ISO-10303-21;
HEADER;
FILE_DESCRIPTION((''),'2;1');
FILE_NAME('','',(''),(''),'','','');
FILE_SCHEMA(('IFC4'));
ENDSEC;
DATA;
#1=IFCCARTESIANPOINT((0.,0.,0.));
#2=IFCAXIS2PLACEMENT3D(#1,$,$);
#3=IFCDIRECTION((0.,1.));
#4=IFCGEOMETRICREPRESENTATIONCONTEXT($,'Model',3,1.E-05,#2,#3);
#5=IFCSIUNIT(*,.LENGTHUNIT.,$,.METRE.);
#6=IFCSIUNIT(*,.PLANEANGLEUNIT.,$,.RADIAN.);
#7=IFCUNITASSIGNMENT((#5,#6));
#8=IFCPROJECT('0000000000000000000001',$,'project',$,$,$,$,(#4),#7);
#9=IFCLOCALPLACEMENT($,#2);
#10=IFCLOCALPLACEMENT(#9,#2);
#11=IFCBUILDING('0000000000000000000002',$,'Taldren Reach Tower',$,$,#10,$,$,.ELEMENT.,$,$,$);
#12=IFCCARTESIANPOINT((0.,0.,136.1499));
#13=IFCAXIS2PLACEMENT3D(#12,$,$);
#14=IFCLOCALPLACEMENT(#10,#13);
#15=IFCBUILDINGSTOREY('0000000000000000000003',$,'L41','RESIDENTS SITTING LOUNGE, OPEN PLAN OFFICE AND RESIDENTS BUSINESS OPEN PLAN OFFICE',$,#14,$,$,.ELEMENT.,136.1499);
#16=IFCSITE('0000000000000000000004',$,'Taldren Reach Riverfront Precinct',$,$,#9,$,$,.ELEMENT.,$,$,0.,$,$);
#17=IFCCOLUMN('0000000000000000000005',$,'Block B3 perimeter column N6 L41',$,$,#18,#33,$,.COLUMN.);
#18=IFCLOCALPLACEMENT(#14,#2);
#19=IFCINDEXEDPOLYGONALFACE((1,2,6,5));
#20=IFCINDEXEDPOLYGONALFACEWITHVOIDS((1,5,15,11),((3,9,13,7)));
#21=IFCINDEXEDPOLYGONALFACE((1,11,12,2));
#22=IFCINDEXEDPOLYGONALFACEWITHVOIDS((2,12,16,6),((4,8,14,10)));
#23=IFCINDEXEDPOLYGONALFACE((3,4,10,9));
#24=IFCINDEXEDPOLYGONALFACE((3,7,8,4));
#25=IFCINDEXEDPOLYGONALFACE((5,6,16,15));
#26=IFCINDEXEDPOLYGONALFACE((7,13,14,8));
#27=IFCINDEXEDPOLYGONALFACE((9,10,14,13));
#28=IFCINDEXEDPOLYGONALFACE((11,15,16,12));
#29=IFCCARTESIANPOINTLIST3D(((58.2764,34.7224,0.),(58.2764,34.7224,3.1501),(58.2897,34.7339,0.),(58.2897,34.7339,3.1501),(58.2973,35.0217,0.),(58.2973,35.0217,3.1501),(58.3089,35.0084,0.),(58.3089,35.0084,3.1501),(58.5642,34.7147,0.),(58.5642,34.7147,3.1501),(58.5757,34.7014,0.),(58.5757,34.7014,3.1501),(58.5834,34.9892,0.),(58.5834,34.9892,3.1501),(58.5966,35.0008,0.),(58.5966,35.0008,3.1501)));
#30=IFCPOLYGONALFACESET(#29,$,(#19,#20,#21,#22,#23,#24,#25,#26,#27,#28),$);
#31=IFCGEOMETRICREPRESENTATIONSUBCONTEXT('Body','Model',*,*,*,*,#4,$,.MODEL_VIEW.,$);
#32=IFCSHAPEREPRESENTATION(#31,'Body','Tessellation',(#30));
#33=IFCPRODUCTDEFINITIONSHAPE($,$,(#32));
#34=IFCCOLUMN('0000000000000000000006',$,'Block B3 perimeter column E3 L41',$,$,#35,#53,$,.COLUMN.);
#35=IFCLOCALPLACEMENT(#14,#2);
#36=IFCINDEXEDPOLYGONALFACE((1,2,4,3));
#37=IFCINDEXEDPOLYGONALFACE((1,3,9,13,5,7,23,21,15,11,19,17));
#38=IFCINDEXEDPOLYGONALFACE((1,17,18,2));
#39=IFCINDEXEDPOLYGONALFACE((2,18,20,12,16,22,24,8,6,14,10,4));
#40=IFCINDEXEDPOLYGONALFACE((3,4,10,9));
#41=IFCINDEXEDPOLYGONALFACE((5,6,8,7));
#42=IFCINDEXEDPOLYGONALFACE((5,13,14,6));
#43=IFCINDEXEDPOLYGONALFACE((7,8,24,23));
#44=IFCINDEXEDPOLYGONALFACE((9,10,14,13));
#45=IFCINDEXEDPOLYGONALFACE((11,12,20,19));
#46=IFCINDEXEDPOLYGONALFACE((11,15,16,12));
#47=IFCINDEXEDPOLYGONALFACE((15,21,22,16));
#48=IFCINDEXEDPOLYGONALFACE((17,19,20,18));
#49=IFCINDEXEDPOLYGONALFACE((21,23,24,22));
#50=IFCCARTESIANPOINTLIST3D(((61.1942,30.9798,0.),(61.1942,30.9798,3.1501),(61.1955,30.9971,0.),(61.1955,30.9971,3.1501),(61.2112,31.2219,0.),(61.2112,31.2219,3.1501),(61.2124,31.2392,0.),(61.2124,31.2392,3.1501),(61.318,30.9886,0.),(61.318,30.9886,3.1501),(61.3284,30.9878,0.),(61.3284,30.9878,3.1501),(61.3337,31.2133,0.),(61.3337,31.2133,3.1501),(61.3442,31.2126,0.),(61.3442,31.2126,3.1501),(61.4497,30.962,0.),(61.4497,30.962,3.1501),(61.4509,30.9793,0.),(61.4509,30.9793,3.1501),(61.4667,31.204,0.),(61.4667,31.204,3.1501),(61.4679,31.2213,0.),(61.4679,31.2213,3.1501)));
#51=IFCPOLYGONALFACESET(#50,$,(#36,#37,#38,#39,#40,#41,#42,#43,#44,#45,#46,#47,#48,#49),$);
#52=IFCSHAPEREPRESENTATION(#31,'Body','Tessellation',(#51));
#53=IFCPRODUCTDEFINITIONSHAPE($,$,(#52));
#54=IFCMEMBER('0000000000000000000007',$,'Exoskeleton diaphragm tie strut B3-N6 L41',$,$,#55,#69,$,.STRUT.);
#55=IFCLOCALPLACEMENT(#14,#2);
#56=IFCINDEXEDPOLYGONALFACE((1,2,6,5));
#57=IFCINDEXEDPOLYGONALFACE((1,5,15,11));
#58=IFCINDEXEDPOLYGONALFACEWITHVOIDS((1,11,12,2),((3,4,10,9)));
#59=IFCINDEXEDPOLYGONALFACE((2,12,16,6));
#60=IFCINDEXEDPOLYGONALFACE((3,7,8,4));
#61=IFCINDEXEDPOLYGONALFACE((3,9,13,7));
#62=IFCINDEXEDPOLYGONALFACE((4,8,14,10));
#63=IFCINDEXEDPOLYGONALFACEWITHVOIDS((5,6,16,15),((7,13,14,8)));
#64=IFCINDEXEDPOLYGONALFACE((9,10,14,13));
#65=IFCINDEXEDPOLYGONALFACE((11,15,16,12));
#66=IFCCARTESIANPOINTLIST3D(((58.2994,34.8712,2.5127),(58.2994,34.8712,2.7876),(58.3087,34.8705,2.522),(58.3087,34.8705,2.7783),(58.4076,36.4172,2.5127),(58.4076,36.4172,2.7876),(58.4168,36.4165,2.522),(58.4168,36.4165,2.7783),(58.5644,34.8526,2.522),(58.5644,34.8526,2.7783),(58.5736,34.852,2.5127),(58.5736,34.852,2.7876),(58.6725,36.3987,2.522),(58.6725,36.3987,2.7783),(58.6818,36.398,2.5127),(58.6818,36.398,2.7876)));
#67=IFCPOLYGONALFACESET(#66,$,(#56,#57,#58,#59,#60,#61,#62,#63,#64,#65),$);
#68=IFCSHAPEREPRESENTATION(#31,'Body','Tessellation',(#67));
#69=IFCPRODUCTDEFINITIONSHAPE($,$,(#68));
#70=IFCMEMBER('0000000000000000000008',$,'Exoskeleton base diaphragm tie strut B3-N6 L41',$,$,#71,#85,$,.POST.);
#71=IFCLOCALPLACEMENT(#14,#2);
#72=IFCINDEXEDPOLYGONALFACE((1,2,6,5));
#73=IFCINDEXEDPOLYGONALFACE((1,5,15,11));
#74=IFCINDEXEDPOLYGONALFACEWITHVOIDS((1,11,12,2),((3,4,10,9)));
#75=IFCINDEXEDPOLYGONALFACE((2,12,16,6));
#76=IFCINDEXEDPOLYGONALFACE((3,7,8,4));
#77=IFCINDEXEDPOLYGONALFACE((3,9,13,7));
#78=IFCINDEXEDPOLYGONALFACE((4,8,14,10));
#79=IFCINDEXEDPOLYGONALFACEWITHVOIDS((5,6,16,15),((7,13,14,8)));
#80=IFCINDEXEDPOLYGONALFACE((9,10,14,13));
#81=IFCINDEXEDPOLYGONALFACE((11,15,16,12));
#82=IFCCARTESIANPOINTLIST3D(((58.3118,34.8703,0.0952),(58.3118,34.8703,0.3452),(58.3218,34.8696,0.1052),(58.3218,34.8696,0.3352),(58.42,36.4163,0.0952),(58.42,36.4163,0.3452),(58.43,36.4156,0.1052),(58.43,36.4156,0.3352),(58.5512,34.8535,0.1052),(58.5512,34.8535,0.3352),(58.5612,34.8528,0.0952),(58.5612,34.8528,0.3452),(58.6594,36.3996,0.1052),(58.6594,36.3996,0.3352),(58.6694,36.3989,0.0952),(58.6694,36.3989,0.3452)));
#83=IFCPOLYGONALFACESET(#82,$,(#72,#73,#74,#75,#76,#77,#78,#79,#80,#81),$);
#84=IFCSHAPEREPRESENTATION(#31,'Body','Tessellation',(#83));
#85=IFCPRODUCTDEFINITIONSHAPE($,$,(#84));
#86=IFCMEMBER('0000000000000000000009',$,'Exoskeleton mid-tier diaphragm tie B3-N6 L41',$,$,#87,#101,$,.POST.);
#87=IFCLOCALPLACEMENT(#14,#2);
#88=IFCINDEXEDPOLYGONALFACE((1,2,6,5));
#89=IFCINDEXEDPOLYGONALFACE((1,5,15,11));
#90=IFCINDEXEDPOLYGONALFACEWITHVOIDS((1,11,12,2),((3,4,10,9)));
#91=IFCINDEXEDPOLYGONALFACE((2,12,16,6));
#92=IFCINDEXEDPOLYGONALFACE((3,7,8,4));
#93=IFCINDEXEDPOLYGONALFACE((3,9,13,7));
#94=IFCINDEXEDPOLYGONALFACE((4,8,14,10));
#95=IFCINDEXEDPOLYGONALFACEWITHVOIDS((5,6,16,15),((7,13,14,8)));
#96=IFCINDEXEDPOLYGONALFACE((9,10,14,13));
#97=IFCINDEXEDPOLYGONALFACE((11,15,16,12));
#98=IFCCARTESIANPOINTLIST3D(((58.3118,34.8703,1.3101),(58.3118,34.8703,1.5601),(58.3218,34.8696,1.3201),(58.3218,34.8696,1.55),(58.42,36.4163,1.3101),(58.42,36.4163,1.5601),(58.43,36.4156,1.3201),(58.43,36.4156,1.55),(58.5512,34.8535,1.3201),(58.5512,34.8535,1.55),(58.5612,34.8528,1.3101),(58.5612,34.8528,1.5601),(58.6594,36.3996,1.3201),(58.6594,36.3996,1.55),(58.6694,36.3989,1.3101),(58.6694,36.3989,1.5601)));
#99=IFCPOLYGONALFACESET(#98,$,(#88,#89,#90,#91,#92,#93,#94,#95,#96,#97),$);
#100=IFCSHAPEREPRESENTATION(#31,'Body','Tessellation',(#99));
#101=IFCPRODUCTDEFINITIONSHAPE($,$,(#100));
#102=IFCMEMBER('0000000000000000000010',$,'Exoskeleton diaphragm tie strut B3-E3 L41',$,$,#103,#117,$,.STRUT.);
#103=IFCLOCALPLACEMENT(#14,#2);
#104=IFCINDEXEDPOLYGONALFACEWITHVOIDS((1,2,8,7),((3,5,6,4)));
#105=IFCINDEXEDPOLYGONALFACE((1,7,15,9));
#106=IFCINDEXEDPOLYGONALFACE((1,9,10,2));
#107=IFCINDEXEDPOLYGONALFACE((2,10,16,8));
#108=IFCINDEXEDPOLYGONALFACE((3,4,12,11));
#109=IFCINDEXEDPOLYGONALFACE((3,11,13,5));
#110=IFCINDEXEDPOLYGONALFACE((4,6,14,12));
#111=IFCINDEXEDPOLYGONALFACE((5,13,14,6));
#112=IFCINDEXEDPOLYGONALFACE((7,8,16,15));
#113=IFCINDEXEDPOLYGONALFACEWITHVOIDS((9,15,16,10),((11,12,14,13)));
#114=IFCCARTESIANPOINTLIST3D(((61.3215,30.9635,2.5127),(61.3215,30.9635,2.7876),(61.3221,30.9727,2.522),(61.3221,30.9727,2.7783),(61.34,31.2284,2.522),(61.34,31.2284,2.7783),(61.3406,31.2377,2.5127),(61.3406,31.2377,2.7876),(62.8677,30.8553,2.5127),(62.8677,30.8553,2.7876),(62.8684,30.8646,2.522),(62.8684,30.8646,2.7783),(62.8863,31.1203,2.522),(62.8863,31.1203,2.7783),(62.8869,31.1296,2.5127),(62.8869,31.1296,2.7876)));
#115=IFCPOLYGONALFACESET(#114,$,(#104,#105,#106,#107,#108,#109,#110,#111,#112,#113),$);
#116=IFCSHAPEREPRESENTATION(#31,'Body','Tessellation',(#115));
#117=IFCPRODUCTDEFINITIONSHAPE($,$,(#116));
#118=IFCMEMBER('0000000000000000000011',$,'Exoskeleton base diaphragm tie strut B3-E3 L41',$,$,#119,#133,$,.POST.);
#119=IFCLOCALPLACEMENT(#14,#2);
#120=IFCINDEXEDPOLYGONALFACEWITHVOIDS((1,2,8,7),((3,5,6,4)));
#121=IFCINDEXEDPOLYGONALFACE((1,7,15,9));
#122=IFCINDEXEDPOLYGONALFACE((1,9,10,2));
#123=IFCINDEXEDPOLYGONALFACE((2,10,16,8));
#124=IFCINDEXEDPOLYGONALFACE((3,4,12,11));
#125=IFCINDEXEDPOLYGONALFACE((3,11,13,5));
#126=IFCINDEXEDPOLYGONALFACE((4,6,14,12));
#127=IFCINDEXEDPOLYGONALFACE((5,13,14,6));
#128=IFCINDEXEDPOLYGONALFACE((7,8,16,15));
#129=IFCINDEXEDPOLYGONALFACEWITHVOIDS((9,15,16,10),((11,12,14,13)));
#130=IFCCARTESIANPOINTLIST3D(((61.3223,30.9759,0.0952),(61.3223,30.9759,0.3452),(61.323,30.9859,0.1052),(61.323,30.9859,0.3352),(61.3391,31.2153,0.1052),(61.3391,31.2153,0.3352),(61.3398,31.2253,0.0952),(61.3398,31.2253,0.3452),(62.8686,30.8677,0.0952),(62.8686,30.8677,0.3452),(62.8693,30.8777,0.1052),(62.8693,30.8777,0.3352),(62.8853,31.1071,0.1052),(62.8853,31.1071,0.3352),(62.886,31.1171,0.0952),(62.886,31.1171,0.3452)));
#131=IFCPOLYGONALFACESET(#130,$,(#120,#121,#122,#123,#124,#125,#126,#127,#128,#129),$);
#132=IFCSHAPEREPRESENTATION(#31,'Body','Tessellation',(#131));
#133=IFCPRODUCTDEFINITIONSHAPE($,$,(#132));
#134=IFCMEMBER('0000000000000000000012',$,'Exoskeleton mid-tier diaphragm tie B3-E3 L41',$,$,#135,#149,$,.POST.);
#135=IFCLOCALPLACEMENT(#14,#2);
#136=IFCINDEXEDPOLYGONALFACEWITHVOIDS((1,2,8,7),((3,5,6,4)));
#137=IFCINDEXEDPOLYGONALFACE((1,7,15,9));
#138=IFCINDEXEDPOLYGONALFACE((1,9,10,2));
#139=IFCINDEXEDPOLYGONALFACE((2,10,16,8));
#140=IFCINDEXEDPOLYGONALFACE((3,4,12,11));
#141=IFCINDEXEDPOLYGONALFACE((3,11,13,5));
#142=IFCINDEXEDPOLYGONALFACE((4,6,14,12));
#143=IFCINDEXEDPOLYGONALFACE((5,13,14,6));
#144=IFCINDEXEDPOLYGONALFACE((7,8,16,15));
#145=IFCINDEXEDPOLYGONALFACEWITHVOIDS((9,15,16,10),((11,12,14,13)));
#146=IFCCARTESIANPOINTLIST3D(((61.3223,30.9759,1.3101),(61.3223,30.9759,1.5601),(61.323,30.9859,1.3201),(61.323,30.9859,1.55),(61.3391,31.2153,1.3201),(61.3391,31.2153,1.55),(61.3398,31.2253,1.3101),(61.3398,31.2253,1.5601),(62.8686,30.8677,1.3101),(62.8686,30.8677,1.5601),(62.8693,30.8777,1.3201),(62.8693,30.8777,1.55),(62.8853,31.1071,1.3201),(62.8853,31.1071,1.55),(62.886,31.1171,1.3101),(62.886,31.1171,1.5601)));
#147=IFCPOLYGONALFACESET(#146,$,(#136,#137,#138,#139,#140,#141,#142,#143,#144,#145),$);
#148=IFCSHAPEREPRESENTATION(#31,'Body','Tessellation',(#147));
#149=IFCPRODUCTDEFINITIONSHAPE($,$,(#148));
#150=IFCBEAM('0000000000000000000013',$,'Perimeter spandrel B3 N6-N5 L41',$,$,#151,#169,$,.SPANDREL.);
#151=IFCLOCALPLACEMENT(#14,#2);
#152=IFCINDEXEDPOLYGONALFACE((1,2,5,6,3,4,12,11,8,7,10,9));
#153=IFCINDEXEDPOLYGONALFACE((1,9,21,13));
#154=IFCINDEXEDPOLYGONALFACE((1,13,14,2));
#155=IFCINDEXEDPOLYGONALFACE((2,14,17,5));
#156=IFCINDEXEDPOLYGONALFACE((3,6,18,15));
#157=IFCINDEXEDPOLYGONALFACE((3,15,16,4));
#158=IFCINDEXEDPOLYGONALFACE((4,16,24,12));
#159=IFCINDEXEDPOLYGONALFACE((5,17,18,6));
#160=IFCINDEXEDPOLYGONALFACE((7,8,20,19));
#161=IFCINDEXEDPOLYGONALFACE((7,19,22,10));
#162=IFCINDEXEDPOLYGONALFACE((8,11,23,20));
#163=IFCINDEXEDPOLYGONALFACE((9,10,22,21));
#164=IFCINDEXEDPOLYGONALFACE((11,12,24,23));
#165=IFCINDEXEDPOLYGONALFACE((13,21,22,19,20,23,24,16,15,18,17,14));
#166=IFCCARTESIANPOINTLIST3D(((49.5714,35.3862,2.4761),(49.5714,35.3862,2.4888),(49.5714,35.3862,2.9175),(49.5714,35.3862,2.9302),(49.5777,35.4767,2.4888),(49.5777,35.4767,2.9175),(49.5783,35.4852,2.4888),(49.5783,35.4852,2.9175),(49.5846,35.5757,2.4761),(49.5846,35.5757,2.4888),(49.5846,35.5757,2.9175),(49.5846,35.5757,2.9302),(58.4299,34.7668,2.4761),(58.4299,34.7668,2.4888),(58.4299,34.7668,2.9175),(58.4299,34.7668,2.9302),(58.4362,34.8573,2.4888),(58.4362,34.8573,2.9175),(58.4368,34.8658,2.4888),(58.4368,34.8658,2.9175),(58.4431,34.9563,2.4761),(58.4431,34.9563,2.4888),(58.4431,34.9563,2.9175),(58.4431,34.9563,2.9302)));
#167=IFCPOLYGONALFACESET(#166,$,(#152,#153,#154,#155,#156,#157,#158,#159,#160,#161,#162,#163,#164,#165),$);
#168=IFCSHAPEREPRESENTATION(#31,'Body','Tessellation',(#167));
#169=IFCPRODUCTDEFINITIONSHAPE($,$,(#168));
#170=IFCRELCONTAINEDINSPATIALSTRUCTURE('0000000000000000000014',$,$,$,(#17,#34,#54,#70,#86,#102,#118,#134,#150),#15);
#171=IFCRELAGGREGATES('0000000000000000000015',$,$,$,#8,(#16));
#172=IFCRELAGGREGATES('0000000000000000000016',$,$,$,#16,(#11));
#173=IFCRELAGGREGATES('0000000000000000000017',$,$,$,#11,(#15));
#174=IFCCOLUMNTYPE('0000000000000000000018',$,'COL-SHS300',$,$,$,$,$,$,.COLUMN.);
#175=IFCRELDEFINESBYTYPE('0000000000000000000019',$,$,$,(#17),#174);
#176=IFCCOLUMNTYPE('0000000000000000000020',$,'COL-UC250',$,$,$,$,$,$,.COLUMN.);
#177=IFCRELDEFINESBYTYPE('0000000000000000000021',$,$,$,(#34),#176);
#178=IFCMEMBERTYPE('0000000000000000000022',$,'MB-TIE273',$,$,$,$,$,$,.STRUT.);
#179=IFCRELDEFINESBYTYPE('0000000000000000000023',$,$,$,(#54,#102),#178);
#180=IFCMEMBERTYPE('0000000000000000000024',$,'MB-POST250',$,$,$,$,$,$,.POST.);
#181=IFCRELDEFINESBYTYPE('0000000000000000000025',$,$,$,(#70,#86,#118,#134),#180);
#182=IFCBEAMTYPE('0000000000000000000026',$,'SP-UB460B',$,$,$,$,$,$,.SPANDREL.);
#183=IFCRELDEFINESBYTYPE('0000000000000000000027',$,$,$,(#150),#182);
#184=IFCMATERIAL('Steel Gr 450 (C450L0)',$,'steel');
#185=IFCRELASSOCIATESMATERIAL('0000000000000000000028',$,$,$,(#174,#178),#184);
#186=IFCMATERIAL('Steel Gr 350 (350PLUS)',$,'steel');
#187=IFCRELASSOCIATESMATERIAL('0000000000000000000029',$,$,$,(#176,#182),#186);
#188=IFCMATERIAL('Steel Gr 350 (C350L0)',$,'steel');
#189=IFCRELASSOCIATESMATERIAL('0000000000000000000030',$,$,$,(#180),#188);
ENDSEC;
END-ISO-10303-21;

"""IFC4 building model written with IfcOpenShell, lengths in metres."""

from ifc_helpers import new_model, si_unit, direction, frame, origin, origin_2d, place, context, subcontext, project, spatial, hollow_rectangle, i_section, extrude, source, transform, mapped, material, material_profile, profile_set, type_object, element, save


model = new_model("IFC4")

# Units and contexts
model_context = context("Model", 3, precision=1e-05, world=origin(), true_north=direction((0.0, 1.0)))
body_context = subcontext(model_context, "Body", "Model", "MODEL_VIEW")
ifc_project = project(units=[si_unit("LENGTHUNIT", "METRE"), si_unit("PLANEANGLEUNIT", "RADIAN")], contexts=[model_context])

# Site, building, storey
site_placement = place(None, origin())
site = spatial("IfcSite", under=ifc_project, at=site_placement, Name="Taldren Reach Riverfront Precinct", CompositionType="ELEMENT", RefElevation=0.0)
building_placement = place(site_placement, origin())
building = spatial("IfcBuilding", under=site, at=building_placement, Name="Taldren Reach Tower", CompositionType="ELEMENT")
storey_placement = place(building_placement, frame((0.0, 0.0, 136.1499)))
storey = spatial("IfcBuildingStorey", under=building, at=storey_placement, Name="L41", Description="RESIDENTS SITTING LOUNGE, OPEN PLAN OFFICE AND RESIDENTS BUSINESS OPEN PLAN OFFICE", CompositionType="ELEMENT", Elevation=136.1499)

# Columns
ifc_material_1 = material(Name="Steel Gr 450 (C450L0)", Category="steel")
ifc_material_profile_1 = material_profile(ifc_material_1, hollow_rectangle(XDim=0.3, YDim=0.3, WallThickness=0.0125, at=origin_2d()), Name="300x300x12.5SHS")
ifc_profile_set_1 = profile_set([ifc_material_profile_1], Name="Steel Gr 450 (C450L0)")
column_type_1 = type_object("IfcColumnType", Name="COL-SHS300", PredefinedType="COLUMN", material=ifc_profile_set_1)
shared_shape_1 = source(origin(), body_context, "Body", "SweptSolid", [
    extrude(hollow_rectangle(XDim=0.3, YDim=0.3, WallThickness=0.0125, at=origin_2d()), origin(), (0.0, 0.0, 1.0), 3.1501),
])
column_1_placement = place(storey_placement, frame((58.4365, 34.8616, 0.0), z_axis=(0.0, 0.0, 1.0), x_axis=(0.997564, -0.069756, 0.0)))
element("IfcColumn", 1, at=column_1_placement, inside=storey, type_object=column_type_1, Name="Block B3 perimeter column N6 L41", PredefinedType="COLUMN", context=body_context, shape_type="MappedRepresentation", body=[
    mapped(shared_shape_1, transform((0.0, 0.0, 0.0), scale=1.0)),
])
ifc_material_2 = material(Name="Steel Gr 350 (350PLUS)", Category="steel")
ifc_material_profile_2 = material_profile(ifc_material_2, i_section(OverallWidth=0.2561, OverallDepth=0.26, WebThickness=0.0105, FlangeThickness=0.0173, at=origin_2d()), Name="250UC89.5")
ifc_profile_set_2 = profile_set([ifc_material_profile_2], Name="Steel Gr 350 (350PLUS)")
column_type_2 = type_object("IfcColumnType", Name="COL-UC250", PredefinedType="COLUMN", material=ifc_profile_set_2)
shared_shape_2 = source(origin(), body_context, "Body", "SweptSolid", [
    extrude(i_section(OverallWidth=0.2561, OverallDepth=0.26, WebThickness=0.0105, FlangeThickness=0.0173, at=origin_2d()), origin(), (0.0, 0.0, 1.0), 3.1501),
])
column_2_placement = place(storey_placement, frame((61.3311, 31.1006, 0.0), z_axis=(0.0, 0.0, 1.0), x_axis=(0.997564, -0.069756, 0.0)))
element("IfcColumn", 2, at=column_2_placement, inside=storey, type_object=column_type_2, Name="Block B3 perimeter column E3 L41", PredefinedType="COLUMN", context=body_context, shape_type="MappedRepresentation", body=[
    mapped(shared_shape_2, transform((0.0, 0.0, 0.0), scale=1.0)),
])

# Members
ifc_material_profile_3 = material_profile(ifc_material_1, hollow_rectangle(XDim=0.2749, YDim=0.2749, WallThickness=0.0093, at=origin_2d()), Name="275x275x9.3SHS")
ifc_profile_set_3 = profile_set([ifc_material_profile_3], Name="Steel Gr 450 (C450L0)")
member_type_1 = type_object("IfcMemberType", Name="MB-TIE273", PredefinedType="STRUT", material=ifc_profile_set_3)
shared_shape_3 = source(origin(), body_context, "Body", "SweptSolid", [
    extrude(hollow_rectangle(XDim=0.2749, YDim=0.2749, WallThickness=0.0093, at=origin_2d()), origin(), (0.0, 0.0, 1.0), 1.5498),
])
member_1_placement = place(storey_placement, frame((58.4365, 34.8616, 2.6501), z_axis=(0.069781, 0.997562, 0.0), x_axis=(-0.997562, 0.069781, 0.0)))
element("IfcMember", 3, at=member_1_placement, inside=storey, type_object=member_type_1, Name="Exoskeleton diaphragm tie strut B3-N6 L41", PredefinedType="STRUT", context=body_context, shape_type="MappedRepresentation", body=[
    mapped(shared_shape_3, transform((0.0, 0.0, 0.0), scale=1.0)),
])
ifc_material_3 = material(Name="Steel Gr 350 (C350L0)", Category="steel")
ifc_material_profile_4 = material_profile(ifc_material_3, hollow_rectangle(XDim=0.25, YDim=0.25, WallThickness=0.01, at=origin_2d()), Name="250x250x10.0SHS")
ifc_profile_set_4 = profile_set([ifc_material_profile_4], Name="Steel Gr 350 (C350L0)")
member_type_2 = type_object("IfcMemberType", Name="MB-POST250", PredefinedType="POST", material=ifc_profile_set_4)
shared_shape_4 = source(origin(), body_context, "Body", "SweptSolid", [
    extrude(hollow_rectangle(XDim=0.25, YDim=0.25, WallThickness=0.01, at=origin_2d()), origin(), (0.0, 0.0, 1.0), 1.5498),
])
for number, where, z_axis, x_axis, name in (
    (4, (58.4365, 34.8616, 0.2202), (0.069781, 0.997562, 0.0), (-0.997562, 0.069781, 0.0), "Exoskeleton base diaphragm tie strut B3-N6 L41"),
    (5, (58.4365, 34.8616, 1.4351), (0.069781, 0.997562, 0.0), (-0.997562, 0.069781, 0.0), "Exoskeleton mid-tier diaphragm tie B3-N6 L41"),
):
    element("IfcMember", number, at=place(storey_placement, frame(where, z_axis=z_axis, x_axis=x_axis)), inside=storey, type_object=member_type_2, Name=name, PredefinedType="POST", context=body_context, shape_type="MappedRepresentation", body=[
        mapped(shared_shape_4, transform((0.0, 0.0, 0.0), scale=1.0)),
    ])
shared_shape_5 = source(origin(), body_context, "Body", "SweptSolid", [
    extrude(hollow_rectangle(XDim=0.2749, YDim=0.2749, WallThickness=0.0093, at=origin_2d()), origin(), (0.0, 0.0, 1.0), 1.55),
])
member_2_placement = place(storey_placement, frame((61.3311, 31.1006, 2.6501), z_axis=(0.997563, -0.06977, 0.0), x_axis=(0.06977, 0.997563, 0.0)))
element("IfcMember", 6, at=member_2_placement, inside=storey, type_object=member_type_1, Name="Exoskeleton diaphragm tie strut B3-E3 L41", PredefinedType="STRUT", context=body_context, shape_type="MappedRepresentation", body=[
    mapped(shared_shape_5, transform((0.0, 0.0, 0.0), scale=1.0)),
])
shared_shape_6 = source(origin(), body_context, "Body", "SweptSolid", [
    extrude(hollow_rectangle(XDim=0.25, YDim=0.25, WallThickness=0.01, at=origin_2d()), origin(), (0.0, 0.0, 1.0), 1.55),
])
for number, where, z_axis, x_axis, name in (
    (7, (61.3311, 31.1006, 0.2202), (0.997563, -0.06977, 0.0), (0.06977, 0.997563, 0.0), "Exoskeleton base diaphragm tie strut B3-E3 L41"),
    (8, (61.3311, 31.1006, 1.4351), (0.997563, -0.06977, 0.0), (0.06977, 0.997563, 0.0), "Exoskeleton mid-tier diaphragm tie B3-E3 L41"),
):
    element("IfcMember", number, at=place(storey_placement, frame(where, z_axis=z_axis, x_axis=x_axis)), inside=storey, type_object=member_type_2, Name=name, PredefinedType="POST", context=body_context, shape_type="MappedRepresentation", body=[
        mapped(shared_shape_6, transform((0.0, 0.0, 0.0), scale=1.0)),
    ])

# Beam
ifc_material_profile_5 = material_profile(ifc_material_2, i_section(OverallWidth=0.1899, OverallDepth=0.4541, WebThickness=0.0085, FlangeThickness=0.0127, at=origin_2d()), Name="460UB67.1")
ifc_profile_set_5 = profile_set([ifc_material_profile_5], Name="Steel Gr 350 (350PLUS)")
beam_type = type_object("IfcBeamType", Name="SP-UB460B", PredefinedType="SPANDREL", material=ifc_profile_set_5)
shared_shape_7 = source(origin(), body_context, "Body", "SweptSolid", [
    extrude(i_section(OverallWidth=0.1899, OverallDepth=0.4541, WebThickness=0.0085, FlangeThickness=0.0127, at=origin_2d()), origin(), (0.0, 0.0, 1.0), 8.8801),
])
beam_1_placement = place(storey_placement, frame((58.4365, 34.8616, 2.7031), z_axis=(-0.997564, 0.06975, 0.0), x_axis=(-0.06975, -0.997564, 0.0)))
element("IfcBeam", 9, at=beam_1_placement, inside=storey, type_object=beam_type, Name="Perimeter spandrel B3 N6-N5 L41", PredefinedType="SPANDREL", context=body_context, shape_type="MappedRepresentation", body=[
    mapped(shared_shape_7, transform((0.0, 0.0, 0.0), scale=1.0)),
])

save(model, "model.ifc")
